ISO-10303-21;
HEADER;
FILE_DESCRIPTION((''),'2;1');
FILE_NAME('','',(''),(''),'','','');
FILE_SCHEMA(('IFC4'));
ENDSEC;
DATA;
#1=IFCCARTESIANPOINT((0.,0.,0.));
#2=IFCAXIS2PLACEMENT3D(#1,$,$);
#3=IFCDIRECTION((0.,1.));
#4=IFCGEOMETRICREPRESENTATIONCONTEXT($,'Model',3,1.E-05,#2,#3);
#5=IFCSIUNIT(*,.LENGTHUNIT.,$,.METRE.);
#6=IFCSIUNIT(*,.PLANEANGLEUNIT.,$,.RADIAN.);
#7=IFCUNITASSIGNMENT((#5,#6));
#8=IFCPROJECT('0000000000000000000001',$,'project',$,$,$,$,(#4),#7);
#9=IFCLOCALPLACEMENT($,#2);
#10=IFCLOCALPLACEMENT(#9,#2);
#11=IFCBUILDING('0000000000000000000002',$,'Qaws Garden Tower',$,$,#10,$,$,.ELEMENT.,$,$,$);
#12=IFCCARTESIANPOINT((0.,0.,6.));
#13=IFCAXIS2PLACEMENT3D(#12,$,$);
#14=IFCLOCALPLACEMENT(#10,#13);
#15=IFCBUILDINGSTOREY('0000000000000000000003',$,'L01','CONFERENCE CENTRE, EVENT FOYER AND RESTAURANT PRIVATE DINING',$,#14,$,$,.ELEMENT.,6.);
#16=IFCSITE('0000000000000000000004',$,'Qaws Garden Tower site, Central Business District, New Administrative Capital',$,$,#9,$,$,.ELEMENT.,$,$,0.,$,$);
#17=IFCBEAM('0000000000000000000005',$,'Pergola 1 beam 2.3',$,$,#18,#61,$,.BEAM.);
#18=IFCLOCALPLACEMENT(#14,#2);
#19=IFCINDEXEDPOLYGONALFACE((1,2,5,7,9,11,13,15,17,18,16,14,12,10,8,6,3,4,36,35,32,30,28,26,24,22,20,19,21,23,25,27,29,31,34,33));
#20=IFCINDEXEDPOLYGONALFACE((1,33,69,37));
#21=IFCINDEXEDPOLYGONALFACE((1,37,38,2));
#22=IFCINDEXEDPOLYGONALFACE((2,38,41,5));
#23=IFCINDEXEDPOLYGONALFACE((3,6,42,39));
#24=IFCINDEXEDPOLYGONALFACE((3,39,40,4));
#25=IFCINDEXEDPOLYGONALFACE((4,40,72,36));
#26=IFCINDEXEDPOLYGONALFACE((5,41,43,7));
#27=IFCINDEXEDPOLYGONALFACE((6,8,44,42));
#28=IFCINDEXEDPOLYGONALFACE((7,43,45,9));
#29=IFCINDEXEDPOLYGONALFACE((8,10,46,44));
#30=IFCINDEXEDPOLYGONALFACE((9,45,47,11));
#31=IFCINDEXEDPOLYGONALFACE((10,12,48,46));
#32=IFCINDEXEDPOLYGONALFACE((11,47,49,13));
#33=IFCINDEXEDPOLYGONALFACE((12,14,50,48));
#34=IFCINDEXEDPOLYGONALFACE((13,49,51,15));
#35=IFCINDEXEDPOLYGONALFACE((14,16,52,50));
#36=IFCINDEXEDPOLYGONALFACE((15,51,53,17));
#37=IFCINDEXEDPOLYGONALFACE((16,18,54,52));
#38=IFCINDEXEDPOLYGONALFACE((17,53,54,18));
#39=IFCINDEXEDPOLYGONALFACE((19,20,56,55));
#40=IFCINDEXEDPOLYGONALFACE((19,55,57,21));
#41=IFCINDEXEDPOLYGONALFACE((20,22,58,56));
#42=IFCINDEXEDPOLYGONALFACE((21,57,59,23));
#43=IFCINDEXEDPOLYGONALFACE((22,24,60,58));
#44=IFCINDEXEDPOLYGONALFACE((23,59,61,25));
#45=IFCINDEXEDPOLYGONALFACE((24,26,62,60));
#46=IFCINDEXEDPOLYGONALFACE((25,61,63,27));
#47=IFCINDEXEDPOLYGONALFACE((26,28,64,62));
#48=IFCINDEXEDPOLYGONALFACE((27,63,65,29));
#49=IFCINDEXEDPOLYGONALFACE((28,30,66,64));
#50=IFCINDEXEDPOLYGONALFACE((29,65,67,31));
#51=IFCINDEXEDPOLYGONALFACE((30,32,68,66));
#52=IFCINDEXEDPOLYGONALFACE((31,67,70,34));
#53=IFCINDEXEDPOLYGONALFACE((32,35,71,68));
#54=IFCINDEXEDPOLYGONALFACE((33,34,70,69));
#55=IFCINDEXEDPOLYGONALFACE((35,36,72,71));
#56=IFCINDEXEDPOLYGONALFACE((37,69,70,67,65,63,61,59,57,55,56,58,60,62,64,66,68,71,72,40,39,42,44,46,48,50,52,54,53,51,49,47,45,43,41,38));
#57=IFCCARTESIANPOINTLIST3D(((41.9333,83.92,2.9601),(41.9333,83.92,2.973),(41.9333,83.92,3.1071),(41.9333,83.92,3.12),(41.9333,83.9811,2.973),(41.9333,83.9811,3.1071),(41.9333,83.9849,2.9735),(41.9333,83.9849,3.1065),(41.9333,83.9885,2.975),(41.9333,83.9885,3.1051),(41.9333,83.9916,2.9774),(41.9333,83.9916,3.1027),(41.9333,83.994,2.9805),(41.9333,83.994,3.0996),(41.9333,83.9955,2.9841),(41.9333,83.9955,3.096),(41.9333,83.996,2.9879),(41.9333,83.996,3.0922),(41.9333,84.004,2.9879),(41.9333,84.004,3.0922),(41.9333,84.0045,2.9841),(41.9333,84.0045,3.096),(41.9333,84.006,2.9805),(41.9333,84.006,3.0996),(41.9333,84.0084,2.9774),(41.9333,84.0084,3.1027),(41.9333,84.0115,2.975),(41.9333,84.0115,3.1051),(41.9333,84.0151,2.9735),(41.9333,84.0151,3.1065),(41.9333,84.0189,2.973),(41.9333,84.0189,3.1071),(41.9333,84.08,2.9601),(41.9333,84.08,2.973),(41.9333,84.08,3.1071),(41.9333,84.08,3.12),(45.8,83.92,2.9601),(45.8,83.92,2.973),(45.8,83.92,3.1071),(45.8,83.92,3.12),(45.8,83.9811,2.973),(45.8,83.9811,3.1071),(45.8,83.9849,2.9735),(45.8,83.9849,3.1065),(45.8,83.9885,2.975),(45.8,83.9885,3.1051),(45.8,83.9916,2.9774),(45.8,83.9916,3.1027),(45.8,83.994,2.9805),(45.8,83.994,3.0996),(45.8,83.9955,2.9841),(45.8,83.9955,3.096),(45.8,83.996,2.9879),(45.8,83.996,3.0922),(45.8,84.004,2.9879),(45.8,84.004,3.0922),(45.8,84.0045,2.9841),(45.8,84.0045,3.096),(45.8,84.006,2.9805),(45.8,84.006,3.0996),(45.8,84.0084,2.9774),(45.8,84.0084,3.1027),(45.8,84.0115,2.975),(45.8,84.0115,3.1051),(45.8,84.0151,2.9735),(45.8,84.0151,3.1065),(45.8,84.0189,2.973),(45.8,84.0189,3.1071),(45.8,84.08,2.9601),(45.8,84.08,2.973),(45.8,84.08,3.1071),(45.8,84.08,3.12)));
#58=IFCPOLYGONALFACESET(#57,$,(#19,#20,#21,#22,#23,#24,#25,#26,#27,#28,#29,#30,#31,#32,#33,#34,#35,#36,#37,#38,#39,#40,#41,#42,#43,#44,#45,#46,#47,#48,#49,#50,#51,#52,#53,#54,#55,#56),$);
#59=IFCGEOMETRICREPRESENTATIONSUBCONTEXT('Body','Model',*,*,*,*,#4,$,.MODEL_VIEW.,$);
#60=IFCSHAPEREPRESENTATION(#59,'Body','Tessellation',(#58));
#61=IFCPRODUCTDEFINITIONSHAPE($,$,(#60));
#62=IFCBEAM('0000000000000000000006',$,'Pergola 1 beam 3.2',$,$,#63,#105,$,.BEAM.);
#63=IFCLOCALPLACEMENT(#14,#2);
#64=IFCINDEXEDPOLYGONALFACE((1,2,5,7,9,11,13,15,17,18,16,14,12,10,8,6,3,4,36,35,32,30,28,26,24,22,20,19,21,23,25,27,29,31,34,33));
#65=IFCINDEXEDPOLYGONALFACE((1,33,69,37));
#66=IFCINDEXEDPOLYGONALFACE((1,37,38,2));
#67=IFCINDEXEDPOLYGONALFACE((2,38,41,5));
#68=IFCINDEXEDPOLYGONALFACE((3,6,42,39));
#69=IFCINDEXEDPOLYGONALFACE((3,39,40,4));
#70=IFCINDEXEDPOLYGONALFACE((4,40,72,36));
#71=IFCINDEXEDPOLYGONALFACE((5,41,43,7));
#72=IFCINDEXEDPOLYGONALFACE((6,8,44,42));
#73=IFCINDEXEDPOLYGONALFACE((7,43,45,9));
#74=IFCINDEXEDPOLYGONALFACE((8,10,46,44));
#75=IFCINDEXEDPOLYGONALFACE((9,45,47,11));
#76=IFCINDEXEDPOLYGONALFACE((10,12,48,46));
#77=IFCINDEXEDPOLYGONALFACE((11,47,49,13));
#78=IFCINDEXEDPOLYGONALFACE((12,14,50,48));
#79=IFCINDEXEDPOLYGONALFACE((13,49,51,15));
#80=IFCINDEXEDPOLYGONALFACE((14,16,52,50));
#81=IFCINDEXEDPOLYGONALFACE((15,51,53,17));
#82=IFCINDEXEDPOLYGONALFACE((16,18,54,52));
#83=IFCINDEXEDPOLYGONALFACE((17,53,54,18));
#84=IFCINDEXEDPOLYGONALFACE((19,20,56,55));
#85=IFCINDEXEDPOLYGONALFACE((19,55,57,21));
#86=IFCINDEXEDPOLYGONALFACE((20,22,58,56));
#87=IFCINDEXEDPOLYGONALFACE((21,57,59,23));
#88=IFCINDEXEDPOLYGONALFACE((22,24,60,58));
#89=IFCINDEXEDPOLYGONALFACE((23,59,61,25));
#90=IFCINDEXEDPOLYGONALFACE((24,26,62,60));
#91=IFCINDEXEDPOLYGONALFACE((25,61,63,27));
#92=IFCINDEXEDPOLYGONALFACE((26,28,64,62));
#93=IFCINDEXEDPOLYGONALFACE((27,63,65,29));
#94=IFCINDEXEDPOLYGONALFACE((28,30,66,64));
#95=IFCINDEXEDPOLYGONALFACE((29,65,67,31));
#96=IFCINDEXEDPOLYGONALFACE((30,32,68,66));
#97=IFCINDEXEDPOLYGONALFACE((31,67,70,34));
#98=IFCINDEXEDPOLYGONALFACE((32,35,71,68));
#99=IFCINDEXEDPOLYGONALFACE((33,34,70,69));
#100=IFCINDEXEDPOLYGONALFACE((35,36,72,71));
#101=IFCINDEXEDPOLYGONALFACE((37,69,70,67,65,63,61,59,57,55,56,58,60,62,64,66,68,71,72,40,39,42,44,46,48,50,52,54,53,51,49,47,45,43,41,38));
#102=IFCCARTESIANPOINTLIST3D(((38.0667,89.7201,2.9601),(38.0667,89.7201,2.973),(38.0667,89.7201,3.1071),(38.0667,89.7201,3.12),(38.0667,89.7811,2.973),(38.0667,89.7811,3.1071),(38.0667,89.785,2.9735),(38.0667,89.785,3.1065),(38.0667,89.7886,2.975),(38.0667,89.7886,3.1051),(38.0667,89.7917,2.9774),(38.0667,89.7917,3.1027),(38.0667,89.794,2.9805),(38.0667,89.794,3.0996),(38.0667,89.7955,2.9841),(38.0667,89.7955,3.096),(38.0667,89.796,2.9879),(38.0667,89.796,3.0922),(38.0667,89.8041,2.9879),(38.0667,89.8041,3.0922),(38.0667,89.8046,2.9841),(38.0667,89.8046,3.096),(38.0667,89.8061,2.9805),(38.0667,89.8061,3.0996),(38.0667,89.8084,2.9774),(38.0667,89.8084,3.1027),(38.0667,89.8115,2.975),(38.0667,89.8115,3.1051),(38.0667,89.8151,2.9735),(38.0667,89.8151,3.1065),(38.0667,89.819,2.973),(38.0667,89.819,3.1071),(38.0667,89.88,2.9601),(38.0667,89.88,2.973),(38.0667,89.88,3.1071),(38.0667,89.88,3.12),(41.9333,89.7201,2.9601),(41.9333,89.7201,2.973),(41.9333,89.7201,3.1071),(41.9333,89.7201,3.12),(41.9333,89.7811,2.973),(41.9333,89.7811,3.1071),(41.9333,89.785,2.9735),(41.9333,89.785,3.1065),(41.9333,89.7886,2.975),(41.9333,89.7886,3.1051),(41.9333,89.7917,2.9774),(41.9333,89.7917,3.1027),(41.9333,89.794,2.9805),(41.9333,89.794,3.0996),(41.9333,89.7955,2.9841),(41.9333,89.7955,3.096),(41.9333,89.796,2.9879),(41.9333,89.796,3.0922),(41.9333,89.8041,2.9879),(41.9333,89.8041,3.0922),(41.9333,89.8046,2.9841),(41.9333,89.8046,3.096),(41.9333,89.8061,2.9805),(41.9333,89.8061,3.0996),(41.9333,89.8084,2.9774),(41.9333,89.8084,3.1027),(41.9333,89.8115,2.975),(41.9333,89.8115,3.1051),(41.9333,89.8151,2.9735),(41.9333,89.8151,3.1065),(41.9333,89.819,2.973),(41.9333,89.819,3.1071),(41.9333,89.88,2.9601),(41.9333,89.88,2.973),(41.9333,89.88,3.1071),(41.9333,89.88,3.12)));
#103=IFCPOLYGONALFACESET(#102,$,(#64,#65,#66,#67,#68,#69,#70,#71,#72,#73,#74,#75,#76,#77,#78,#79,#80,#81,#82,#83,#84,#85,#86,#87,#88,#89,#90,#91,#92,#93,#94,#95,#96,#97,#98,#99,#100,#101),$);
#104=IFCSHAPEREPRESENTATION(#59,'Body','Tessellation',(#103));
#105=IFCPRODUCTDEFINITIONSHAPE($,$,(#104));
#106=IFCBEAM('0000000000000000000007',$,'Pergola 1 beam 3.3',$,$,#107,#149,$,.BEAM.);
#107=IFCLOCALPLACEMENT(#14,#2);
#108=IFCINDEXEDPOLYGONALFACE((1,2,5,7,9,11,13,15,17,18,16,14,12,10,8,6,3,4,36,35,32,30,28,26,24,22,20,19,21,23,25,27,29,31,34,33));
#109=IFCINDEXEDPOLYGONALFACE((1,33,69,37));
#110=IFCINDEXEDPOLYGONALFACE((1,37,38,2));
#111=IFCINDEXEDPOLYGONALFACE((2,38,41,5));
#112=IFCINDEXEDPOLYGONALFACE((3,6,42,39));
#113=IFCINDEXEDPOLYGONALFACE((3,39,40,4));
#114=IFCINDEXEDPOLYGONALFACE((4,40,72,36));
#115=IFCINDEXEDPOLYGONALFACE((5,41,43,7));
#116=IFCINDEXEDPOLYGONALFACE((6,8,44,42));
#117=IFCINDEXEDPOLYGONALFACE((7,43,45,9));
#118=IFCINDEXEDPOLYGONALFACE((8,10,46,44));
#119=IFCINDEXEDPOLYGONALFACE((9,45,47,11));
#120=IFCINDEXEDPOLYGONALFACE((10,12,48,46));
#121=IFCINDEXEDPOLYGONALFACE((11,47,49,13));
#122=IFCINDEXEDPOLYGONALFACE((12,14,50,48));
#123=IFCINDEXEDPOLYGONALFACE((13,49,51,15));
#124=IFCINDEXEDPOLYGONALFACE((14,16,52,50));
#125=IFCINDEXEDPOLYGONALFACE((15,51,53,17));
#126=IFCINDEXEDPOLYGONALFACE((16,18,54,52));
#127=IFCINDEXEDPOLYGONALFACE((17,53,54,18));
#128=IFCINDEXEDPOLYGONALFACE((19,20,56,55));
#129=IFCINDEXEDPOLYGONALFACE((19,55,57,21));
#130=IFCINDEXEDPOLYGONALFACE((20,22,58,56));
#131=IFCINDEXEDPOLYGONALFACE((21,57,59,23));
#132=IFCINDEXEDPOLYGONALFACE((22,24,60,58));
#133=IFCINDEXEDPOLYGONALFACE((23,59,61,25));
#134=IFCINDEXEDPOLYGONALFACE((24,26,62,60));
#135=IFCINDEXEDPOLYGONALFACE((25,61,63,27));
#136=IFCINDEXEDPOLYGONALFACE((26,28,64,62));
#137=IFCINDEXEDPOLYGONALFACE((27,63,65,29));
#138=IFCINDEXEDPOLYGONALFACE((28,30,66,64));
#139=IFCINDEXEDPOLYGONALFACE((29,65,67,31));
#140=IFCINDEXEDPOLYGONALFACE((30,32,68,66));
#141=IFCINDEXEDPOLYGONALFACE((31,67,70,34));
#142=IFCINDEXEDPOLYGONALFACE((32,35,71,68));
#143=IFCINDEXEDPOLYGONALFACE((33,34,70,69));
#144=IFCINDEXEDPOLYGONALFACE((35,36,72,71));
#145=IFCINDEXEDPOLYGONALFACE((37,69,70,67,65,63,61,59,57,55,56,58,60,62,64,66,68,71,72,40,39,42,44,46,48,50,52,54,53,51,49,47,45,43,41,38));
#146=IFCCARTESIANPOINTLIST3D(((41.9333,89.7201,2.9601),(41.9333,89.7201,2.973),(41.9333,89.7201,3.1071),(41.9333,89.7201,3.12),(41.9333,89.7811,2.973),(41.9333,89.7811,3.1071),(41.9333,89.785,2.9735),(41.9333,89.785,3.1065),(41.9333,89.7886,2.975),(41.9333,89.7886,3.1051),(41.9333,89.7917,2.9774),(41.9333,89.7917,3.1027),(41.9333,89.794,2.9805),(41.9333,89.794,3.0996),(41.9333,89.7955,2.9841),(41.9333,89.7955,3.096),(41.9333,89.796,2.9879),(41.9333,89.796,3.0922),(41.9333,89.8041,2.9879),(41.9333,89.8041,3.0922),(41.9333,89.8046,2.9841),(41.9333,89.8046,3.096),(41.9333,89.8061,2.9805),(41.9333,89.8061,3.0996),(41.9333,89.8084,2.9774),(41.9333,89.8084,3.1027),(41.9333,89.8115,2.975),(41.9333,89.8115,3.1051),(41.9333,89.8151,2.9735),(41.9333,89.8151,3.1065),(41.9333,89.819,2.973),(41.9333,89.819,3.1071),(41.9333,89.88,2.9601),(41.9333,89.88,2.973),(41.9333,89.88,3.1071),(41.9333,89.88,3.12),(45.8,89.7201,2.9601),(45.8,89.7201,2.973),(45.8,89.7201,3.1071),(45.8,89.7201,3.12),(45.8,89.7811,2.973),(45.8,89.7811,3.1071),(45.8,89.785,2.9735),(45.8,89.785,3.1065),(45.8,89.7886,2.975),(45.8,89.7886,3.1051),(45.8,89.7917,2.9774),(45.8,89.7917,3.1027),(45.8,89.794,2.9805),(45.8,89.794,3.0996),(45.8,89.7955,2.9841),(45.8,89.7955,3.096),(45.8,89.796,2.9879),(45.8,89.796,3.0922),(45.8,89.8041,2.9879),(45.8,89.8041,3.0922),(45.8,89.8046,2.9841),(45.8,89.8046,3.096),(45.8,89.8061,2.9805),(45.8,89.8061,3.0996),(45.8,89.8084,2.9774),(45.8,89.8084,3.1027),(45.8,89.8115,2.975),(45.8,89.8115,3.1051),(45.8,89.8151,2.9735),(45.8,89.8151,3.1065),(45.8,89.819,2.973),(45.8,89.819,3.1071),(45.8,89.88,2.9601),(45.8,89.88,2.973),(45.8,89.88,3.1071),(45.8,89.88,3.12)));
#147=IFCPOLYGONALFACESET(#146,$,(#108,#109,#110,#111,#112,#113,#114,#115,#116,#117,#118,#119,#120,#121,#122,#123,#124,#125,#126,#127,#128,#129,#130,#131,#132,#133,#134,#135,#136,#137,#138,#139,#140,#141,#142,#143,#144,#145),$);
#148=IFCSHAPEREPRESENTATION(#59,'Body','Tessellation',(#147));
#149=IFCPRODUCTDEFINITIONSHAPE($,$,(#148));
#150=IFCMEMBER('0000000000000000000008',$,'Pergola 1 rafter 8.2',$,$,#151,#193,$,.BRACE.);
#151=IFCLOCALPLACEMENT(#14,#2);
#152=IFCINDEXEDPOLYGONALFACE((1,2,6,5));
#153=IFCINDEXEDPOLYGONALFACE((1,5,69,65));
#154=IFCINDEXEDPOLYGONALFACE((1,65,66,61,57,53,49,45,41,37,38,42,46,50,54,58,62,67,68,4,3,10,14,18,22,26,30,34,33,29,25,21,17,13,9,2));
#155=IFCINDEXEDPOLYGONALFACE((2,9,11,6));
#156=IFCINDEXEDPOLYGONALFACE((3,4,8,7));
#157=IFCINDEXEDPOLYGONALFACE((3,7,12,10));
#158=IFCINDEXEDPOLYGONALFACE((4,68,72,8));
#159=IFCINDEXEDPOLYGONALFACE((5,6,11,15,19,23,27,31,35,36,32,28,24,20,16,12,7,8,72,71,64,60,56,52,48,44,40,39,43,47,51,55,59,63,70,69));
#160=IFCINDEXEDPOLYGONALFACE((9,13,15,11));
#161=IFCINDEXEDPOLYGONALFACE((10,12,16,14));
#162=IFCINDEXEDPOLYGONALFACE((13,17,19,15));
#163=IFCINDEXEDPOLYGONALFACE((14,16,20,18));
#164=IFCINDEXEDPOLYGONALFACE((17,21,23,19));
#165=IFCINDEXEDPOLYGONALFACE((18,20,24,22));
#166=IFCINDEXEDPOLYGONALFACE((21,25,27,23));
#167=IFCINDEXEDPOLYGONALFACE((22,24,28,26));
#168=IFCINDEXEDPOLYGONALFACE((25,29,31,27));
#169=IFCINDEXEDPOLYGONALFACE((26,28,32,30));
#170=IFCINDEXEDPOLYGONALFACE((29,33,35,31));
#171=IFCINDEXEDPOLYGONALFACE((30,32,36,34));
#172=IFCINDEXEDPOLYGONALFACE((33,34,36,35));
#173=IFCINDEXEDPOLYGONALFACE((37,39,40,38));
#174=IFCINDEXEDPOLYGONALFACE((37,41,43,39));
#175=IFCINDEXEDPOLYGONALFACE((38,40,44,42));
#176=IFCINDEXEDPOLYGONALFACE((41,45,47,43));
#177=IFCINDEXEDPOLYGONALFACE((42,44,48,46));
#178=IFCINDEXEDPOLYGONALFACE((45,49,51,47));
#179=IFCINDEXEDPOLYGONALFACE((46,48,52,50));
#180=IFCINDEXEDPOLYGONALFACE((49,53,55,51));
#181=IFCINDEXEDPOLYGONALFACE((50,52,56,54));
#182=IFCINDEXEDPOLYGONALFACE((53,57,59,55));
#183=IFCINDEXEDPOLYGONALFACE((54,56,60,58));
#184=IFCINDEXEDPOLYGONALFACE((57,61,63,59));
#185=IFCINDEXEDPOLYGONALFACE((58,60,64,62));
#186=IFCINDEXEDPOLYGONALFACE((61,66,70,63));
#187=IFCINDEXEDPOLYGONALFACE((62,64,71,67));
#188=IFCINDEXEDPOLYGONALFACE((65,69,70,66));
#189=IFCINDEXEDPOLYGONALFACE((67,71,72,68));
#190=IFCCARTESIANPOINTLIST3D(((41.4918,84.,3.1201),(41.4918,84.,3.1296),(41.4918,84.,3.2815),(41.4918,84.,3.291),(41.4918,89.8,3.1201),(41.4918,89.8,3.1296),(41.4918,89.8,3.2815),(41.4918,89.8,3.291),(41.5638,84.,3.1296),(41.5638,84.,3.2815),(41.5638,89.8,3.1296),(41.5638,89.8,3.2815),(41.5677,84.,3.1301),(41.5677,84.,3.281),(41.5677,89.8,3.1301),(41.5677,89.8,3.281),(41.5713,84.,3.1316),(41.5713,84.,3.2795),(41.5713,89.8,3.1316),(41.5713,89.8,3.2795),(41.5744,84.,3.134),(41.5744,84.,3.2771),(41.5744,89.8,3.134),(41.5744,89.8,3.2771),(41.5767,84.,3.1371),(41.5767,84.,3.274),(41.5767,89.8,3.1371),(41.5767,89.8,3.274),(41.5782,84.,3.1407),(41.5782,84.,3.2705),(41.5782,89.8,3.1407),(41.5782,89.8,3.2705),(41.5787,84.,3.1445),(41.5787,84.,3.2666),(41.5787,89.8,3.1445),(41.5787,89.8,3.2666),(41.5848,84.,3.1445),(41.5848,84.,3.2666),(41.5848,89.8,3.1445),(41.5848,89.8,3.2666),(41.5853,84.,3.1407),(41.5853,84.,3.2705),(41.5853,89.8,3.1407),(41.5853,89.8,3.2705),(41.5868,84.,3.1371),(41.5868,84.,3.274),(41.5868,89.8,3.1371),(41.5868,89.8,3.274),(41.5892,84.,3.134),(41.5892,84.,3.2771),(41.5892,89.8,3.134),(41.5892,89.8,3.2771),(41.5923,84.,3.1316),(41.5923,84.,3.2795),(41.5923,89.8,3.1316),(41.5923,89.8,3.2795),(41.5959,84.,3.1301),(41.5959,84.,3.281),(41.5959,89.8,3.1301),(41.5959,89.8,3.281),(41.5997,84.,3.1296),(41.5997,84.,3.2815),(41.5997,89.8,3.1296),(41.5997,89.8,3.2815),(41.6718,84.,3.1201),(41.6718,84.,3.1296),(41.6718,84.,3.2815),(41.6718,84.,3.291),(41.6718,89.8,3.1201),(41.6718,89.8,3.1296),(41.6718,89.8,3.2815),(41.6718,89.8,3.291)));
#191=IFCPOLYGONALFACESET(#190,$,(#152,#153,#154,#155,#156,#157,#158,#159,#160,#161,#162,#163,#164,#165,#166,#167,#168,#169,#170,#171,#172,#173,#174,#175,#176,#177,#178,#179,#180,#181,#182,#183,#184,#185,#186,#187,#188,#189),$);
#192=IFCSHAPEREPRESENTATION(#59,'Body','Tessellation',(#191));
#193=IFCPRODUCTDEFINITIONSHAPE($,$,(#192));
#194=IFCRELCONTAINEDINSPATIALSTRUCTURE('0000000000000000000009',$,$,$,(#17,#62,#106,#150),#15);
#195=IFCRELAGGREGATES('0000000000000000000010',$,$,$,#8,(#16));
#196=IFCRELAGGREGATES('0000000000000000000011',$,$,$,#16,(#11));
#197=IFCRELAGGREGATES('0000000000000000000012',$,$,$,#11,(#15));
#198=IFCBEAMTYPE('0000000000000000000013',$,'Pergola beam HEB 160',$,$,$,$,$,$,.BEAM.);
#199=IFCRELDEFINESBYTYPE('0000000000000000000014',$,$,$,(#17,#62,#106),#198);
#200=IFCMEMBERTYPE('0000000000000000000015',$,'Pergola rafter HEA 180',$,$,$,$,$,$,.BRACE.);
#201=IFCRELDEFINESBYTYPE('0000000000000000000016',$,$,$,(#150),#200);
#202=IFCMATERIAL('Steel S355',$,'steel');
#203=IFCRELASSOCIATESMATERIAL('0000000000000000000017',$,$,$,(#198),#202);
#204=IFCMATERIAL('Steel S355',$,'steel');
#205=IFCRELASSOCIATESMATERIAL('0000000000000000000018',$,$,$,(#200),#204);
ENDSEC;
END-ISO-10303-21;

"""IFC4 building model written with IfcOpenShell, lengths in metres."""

from ifc_helpers import new_model, si_unit, direction, frame, origin, origin_2d, place, context, subcontext, project, spatial, i_section, extrude, material, material_profile, profile_set, type_object, element, save


model = new_model("IFC4")

# Units and contexts
model_context = context("Model", 3, precision=1e-05, world=origin(), true_north=direction((0.0, 1.0)))
body_context = subcontext(model_context, "Body", "Model", "MODEL_VIEW")
ifc_project = project(units=[si_unit("LENGTHUNIT", "METRE"), si_unit("PLANEANGLEUNIT", "RADIAN")], contexts=[model_context])

# Site, building, storey
site_placement = place(None, origin())
site = spatial("IfcSite", under=ifc_project, at=site_placement, Name="Qaws Garden Tower site, Central Business District, New Administrative Capital", CompositionType="ELEMENT", RefElevation=0.0)
building_placement = place(site_placement, origin())
building = spatial("IfcBuilding", under=site, at=building_placement, Name="Qaws Garden Tower", CompositionType="ELEMENT")
storey_placement = place(building_placement, frame((0.0, 0.0, 6.0)))
storey = spatial("IfcBuildingStorey", under=building, at=storey_placement, Name="L01", Description="CONFERENCE CENTRE, EVENT FOYER AND RESTAURANT PRIVATE DINING", CompositionType="ELEMENT", Elevation=6.0)

# Beams
ifc_material_1 = material(Name="Steel S355", Category="steel")
ifc_material_profile_1 = material_profile(ifc_material_1, i_section(OverallWidth=0.1599, OverallDepth=0.1599, WebThickness=0.0081, FlangeThickness=0.0129, FilletRadius=0.0149, at=origin_2d()), Name="HEB 160")
ifc_profile_set_1 = profile_set([ifc_material_profile_1], Name="Steel S355")
beam_type_1 = type_object("IfcBeamType", Name="Pergola beam HEB 160", PredefinedType="BEAM", material=ifc_profile_set_1)
for number, where, z_axis, x_axis, name in (
    (1, (41.9333, 84.0, 3.04), (1.0, 0.0, 0.0), (0.0, 1.0, 0.0), "Pergola 1 beam 2.3"),
    (2, (38.0667, 89.8, 3.04), (1.0, 0.0, 0.0), (0.0, 1.0, 0.0), "Pergola 1 beam 3.2"),
    (3, (41.9333, 89.8, 3.04), (1.0, 0.0, 0.0), (0.0, 1.0, 0.0), "Pergola 1 beam 3.3"),
):
    element("IfcBeam", number, at=place(storey_placement, frame(where, z_axis=z_axis, x_axis=x_axis)), inside=storey, type_object=beam_type_1, Name=name, PredefinedType="BEAM", context=body_context, shape_type="SweptSolid", body=[
        extrude(i_section(OverallWidth=0.1599, OverallDepth=0.1599, WebThickness=0.0081, FlangeThickness=0.0129, FilletRadius=0.0149, at=origin_2d()), origin(), (0.0, 0.0, 1.0), 3.8667),
    ])

# Member
ifc_material_2 = material(Name="Steel S355", Category="steel")
ifc_material_profile_2 = material_profile(ifc_material_2, i_section(OverallWidth=0.1799, OverallDepth=0.1709, WebThickness=0.0061, FlangeThickness=0.0095, FilletRadius=0.0149, at=origin_2d()), Name="HEA 180")
ifc_profile_set_2 = profile_set([ifc_material_profile_2], Name="Steel S355")
member_type = type_object("IfcMemberType", Name="Pergola rafter HEA 180", PredefinedType="BRACE", material=ifc_profile_set_2)
for number, where, z_axis, x_axis, name in (
    (4, (41.5818, 84.0, 3.2056), (0.0, 1.0, 0.0), (-1.0, 0.0, 0.0), "Pergola 1 rafter 8.2"),
):
    element("IfcMember", number, at=place(storey_placement, frame(where, z_axis=z_axis, x_axis=x_axis)), inside=storey, type_object=member_type, Name=name, PredefinedType="BRACE", context=body_context, shape_type="SweptSolid", body=[
        extrude(i_section(OverallWidth=0.1799, OverallDepth=0.1709, WebThickness=0.0061, FlangeThickness=0.0095, FilletRadius=0.0149, at=origin_2d()), origin(), (0.0, 0.0, 1.0), 5.8),
    ])

save(model, "model.ifc")
